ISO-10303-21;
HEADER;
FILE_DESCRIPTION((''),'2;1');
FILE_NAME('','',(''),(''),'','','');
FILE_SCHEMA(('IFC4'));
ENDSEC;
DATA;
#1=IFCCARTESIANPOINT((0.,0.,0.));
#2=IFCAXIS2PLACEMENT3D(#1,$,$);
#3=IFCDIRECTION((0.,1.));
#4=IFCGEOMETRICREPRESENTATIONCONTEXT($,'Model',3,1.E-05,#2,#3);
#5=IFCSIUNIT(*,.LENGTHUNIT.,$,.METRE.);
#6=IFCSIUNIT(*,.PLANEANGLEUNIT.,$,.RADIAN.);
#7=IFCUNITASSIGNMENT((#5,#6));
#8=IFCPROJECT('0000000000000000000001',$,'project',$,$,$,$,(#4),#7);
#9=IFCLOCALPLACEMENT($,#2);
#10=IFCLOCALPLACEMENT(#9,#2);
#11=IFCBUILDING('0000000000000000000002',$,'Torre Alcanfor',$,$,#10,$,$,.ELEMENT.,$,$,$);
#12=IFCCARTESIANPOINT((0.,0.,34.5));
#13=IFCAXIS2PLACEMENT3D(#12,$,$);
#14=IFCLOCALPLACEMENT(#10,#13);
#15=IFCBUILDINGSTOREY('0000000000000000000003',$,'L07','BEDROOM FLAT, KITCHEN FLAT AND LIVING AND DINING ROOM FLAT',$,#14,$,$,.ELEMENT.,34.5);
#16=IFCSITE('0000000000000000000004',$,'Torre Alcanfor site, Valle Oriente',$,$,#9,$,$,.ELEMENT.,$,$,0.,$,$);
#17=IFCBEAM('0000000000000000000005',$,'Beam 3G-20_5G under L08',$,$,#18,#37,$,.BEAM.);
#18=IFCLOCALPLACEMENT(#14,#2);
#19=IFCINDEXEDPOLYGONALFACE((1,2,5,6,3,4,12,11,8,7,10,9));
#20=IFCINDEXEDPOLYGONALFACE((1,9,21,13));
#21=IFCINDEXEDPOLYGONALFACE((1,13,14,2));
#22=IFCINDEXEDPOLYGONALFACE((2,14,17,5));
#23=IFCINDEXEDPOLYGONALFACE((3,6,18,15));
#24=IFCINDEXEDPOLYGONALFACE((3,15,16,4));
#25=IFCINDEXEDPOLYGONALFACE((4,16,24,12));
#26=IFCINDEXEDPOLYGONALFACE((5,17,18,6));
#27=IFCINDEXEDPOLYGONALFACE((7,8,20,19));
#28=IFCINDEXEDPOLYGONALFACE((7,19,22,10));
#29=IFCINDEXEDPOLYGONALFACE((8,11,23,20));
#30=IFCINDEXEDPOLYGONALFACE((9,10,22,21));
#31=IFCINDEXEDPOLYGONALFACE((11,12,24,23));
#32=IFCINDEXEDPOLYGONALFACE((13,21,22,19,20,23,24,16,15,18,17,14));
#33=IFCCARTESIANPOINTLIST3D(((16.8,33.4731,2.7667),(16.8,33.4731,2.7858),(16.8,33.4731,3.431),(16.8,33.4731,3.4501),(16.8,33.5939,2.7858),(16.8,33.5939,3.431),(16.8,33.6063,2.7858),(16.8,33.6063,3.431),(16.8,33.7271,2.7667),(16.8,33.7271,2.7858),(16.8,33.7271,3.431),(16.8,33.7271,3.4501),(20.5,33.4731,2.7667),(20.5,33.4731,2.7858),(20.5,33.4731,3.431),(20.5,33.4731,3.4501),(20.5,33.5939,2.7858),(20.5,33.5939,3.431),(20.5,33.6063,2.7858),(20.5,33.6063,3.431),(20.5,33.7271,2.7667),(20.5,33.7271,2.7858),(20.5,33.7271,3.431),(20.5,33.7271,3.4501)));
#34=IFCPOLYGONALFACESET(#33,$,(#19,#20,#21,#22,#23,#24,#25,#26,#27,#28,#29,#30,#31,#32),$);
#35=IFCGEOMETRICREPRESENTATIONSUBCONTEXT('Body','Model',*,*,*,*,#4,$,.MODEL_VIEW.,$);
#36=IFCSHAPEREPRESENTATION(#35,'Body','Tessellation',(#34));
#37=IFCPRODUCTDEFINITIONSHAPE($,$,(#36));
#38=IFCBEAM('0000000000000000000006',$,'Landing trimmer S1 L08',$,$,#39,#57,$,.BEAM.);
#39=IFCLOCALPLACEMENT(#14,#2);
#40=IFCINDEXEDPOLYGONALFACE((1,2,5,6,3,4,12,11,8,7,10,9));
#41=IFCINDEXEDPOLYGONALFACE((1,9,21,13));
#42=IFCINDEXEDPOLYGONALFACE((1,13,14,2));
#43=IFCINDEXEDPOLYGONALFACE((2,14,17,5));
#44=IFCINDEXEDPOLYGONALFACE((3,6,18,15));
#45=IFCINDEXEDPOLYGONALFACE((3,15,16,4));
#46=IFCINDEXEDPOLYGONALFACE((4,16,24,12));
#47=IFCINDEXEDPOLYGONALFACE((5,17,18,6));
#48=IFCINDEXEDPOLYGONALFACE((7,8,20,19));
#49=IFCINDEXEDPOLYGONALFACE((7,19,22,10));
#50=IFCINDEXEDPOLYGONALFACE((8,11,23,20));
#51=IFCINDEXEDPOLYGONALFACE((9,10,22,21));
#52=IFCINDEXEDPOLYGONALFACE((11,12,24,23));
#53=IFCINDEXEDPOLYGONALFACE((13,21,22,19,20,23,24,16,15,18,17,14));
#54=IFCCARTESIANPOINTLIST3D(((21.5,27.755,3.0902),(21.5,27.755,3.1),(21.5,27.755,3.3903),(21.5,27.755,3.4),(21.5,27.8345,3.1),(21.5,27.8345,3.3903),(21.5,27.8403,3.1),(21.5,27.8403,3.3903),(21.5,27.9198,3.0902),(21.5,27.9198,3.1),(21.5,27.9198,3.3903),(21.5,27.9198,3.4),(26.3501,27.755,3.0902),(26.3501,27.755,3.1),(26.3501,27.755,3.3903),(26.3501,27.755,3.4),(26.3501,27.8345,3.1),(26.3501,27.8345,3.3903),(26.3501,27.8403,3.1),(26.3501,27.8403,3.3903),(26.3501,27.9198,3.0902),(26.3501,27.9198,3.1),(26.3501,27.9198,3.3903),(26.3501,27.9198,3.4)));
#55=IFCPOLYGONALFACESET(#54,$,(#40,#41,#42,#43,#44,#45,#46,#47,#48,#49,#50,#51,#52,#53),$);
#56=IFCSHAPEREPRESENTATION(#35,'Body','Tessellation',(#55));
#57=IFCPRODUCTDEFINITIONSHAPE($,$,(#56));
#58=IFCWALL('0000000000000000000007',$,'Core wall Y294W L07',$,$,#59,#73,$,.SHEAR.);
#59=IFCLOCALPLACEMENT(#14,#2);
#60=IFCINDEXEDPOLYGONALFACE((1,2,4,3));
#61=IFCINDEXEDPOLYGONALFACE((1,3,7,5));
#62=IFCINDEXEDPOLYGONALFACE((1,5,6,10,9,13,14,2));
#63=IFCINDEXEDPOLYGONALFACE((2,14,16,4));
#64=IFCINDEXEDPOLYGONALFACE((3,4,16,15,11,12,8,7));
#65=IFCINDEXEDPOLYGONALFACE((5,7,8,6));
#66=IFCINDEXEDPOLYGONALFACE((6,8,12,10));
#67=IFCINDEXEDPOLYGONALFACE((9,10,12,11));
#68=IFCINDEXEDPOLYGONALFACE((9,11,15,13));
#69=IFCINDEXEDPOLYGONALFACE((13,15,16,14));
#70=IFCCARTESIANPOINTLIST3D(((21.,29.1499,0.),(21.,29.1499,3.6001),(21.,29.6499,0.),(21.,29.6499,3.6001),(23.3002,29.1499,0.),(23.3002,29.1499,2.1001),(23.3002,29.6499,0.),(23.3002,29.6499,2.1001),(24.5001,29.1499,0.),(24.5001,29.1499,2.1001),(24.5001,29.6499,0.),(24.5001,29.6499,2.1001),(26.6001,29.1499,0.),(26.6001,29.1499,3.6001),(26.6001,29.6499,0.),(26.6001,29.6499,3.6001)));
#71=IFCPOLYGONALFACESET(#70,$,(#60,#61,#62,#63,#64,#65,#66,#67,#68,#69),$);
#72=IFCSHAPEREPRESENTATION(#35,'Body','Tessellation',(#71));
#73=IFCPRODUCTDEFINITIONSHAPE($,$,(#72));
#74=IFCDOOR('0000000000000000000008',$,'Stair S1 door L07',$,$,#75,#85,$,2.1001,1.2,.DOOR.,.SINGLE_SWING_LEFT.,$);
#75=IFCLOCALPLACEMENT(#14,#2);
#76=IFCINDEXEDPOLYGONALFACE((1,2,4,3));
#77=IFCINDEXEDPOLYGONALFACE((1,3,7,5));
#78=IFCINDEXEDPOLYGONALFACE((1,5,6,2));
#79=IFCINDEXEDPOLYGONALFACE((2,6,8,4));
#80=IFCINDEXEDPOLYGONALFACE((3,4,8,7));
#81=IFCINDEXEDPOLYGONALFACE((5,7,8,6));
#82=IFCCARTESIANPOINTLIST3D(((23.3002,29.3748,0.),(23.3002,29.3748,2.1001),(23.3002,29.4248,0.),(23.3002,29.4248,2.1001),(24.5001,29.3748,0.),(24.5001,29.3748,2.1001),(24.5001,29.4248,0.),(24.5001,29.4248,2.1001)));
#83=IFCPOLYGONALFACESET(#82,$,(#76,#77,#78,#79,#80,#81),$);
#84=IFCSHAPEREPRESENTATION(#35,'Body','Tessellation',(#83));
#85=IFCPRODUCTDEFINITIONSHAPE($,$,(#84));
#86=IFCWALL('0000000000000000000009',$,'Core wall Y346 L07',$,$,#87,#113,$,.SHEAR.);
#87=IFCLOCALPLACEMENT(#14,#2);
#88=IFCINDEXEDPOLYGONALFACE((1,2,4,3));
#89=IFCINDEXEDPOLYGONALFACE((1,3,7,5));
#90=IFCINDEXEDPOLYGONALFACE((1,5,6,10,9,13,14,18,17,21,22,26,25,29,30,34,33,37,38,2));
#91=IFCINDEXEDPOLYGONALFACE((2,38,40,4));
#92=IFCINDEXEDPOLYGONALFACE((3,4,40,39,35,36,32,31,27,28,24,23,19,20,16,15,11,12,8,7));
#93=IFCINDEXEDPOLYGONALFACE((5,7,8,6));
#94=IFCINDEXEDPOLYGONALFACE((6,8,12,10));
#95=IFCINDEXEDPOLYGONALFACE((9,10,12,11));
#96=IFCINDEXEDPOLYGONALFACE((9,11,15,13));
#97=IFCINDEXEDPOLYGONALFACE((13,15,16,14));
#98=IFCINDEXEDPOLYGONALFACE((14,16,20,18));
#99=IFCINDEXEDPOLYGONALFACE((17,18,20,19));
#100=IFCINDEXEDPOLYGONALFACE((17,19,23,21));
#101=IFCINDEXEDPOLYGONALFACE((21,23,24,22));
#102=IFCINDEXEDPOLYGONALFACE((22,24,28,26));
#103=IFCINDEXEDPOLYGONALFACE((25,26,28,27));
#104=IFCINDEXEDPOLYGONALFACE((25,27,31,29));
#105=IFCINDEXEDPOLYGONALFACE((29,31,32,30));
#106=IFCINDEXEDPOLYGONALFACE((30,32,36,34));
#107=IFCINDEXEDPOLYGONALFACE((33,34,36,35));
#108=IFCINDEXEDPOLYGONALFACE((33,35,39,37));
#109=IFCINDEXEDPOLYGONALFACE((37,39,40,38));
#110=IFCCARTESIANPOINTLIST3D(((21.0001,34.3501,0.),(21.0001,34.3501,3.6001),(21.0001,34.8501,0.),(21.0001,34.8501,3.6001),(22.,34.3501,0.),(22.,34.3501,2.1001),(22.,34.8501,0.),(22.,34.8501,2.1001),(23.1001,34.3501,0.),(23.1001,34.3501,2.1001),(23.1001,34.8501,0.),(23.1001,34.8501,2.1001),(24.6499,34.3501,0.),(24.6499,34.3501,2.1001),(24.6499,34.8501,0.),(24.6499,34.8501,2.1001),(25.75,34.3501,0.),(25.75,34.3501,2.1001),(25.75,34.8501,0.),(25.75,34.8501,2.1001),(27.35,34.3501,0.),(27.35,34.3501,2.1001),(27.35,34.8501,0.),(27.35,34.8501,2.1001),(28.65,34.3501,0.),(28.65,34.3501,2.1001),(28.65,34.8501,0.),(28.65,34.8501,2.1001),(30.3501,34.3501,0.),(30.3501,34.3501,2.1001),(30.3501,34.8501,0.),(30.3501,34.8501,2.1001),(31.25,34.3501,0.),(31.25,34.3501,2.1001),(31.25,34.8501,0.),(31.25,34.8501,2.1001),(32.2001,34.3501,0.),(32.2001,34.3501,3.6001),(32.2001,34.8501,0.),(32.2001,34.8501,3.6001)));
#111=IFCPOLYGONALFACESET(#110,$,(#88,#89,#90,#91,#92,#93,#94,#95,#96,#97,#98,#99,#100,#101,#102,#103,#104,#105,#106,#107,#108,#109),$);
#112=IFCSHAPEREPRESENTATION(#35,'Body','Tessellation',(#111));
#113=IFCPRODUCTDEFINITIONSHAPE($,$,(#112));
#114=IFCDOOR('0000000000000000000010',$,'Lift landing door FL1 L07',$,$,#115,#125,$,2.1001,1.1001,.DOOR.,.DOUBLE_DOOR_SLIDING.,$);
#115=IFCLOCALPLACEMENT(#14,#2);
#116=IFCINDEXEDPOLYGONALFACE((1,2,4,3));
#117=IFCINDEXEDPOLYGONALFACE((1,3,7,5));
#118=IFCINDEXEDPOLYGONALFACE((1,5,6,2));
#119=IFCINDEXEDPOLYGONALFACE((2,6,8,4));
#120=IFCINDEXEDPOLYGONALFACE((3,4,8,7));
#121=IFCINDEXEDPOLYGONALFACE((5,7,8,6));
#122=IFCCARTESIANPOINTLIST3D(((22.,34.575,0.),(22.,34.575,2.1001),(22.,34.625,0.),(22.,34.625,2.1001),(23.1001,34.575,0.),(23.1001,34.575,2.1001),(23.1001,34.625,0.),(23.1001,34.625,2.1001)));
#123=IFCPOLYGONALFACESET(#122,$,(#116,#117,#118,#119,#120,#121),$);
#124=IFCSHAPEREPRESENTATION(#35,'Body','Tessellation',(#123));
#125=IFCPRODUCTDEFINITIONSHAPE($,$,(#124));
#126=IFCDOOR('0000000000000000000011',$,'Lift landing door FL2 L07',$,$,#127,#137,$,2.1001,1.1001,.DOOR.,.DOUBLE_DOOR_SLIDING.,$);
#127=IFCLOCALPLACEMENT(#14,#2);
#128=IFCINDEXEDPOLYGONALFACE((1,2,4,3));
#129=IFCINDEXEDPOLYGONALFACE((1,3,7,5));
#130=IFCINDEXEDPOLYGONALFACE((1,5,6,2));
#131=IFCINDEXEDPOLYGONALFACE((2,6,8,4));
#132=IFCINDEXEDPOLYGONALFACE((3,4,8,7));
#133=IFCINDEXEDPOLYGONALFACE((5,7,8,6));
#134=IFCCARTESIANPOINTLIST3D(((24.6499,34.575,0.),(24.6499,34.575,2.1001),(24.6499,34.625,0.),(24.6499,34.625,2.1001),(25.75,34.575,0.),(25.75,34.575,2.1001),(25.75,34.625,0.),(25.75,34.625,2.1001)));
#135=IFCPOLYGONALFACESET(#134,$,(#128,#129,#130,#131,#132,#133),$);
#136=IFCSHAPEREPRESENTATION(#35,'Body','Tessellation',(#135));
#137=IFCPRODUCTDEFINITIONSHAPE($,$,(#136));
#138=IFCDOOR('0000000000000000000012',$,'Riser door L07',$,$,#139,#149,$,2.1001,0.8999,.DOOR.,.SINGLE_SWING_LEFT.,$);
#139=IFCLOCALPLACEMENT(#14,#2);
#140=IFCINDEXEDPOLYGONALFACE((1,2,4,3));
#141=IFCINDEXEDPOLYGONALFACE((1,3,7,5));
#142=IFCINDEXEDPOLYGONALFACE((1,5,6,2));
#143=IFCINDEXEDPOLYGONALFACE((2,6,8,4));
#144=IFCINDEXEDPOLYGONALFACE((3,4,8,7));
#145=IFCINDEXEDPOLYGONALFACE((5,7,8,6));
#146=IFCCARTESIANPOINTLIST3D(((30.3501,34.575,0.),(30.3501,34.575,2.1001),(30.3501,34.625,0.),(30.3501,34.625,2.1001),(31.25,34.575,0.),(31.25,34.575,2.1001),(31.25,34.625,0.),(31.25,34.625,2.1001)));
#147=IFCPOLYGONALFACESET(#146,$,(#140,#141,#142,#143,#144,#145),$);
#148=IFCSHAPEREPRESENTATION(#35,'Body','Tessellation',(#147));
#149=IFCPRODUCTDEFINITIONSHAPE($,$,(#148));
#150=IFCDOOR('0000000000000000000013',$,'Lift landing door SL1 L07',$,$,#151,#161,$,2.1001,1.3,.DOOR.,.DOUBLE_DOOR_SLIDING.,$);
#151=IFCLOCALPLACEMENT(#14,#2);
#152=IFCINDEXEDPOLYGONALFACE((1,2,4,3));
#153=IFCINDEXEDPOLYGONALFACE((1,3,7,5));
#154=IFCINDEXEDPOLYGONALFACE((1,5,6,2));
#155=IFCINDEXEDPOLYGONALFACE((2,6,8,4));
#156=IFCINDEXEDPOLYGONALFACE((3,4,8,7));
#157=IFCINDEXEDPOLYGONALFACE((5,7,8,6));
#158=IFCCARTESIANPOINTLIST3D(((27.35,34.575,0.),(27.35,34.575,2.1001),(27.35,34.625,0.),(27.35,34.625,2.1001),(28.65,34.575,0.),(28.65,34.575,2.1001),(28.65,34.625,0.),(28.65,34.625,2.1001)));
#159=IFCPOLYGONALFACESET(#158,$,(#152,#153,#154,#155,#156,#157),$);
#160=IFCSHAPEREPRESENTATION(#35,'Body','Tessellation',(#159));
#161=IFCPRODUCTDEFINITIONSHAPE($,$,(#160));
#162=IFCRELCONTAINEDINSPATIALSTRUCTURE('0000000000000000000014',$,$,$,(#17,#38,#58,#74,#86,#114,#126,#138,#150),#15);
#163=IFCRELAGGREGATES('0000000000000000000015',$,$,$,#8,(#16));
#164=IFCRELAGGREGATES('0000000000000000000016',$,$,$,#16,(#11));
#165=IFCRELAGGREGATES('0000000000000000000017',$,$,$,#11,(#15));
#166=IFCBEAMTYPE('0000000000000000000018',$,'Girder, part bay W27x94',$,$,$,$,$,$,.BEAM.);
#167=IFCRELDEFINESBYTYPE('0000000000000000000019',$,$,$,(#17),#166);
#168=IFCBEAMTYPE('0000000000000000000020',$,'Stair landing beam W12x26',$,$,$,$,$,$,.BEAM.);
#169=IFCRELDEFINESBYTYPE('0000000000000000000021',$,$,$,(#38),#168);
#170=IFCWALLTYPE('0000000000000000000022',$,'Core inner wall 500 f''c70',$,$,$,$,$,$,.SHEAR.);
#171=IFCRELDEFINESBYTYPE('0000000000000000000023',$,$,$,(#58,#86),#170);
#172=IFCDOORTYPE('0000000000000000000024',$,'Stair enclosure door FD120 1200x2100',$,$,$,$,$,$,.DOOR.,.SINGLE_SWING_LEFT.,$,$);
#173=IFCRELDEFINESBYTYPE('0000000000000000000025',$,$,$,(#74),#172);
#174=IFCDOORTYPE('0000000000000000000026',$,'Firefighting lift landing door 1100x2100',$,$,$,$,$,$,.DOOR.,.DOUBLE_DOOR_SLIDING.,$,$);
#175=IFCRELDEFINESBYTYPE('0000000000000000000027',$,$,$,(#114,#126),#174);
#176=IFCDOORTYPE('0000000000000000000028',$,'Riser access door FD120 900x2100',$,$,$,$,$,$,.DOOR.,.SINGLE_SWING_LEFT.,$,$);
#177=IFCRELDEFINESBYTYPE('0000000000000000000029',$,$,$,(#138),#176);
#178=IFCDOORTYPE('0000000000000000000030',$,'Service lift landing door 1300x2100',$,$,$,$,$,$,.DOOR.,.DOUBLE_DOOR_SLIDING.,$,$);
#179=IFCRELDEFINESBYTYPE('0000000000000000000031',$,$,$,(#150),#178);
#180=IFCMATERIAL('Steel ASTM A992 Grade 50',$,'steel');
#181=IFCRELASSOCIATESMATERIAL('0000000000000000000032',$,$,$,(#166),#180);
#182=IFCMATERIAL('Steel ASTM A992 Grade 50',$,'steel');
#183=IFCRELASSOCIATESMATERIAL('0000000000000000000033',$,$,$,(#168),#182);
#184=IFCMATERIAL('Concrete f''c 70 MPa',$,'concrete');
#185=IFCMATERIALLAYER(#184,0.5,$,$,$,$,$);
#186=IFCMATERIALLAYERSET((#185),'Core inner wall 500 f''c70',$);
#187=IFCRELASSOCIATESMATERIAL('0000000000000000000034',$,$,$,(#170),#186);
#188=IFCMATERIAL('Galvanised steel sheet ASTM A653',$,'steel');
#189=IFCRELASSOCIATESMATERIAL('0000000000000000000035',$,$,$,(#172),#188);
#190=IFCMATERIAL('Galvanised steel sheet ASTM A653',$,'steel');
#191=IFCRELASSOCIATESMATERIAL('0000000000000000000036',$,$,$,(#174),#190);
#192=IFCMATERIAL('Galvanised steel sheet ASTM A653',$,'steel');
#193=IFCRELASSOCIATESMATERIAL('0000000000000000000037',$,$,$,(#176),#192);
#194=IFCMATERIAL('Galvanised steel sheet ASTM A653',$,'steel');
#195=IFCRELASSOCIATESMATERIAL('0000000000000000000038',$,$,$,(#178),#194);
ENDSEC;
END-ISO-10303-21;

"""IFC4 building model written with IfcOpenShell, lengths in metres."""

from ifc_helpers import new_model, si_unit, direction, frame, frame_2d, origin, origin_2d, place, context, subcontext, project, spatial, rectangle, i_section, extrude, material, layer, layer_set, material_profile, profile_set, type_object, element, fill, save


model = new_model("IFC4")

# Units and contexts
model_context = context("Model", 3, precision=1e-05, world=origin(), true_north=direction((0.0, 1.0)))
body_context = subcontext(model_context, "Body", "Model", "MODEL_VIEW")
ifc_project = project(units=[si_unit("LENGTHUNIT", "METRE"), si_unit("PLANEANGLEUNIT", "RADIAN")], contexts=[model_context])

# Site, building, storey
site_placement = place(None, origin())
site = spatial("IfcSite", under=ifc_project, at=site_placement, Name="Torre Alcanfor site, Valle Oriente", CompositionType="ELEMENT", RefElevation=0.0)
building_placement = place(site_placement, origin())
building = spatial("IfcBuilding", under=site, at=building_placement, Name="Torre Alcanfor", CompositionType="ELEMENT")
storey_placement = place(building_placement, frame((0.0, 0.0, 34.5)))
storey = spatial("IfcBuildingStorey", under=building, at=storey_placement, Name="L07", Description="BEDROOM FLAT, KITCHEN FLAT AND LIVING AND DINING ROOM FLAT", CompositionType="ELEMENT", Elevation=34.5)

# Beams
ifc_material_1 = material(Name="Steel ASTM A992 Grade 50", Category="steel")
ifc_material_profile_1 = material_profile(ifc_material_1, i_section(OverallWidth=0.2539, OverallDepth=0.6833, WebThickness=0.0125, FlangeThickness=0.019, at=origin_2d()), Name="W27x94")
ifc_profile_set_1 = profile_set([ifc_material_profile_1], Name="Steel ASTM A992 Grade 50")
beam_type_1 = type_object("IfcBeamType", Name="Girder, part bay W27x94", PredefinedType="BEAM", material=ifc_profile_set_1)
beam_1_placement = place(storey_placement, frame((16.8, 33.6001, 3.1084), z_axis=(1.0, 0.0, 0.0), x_axis=(0.0, 1.0, 0.0)))
element("IfcBeam", 1, at=beam_1_placement, inside=storey, type_object=beam_type_1, Name="Beam 3G-20_5G under L08", PredefinedType="BEAM", context=body_context, shape_type="SweptSolid", body=[
    extrude(i_section(OverallWidth=0.2539, OverallDepth=0.6833, WebThickness=0.0125, FlangeThickness=0.019, at=origin_2d()), origin(), (0.0, 0.0, 1.0), 3.7),
])
ifc_material_2 = material(Name="Steel ASTM A992 Grade 50", Category="steel")
ifc_material_profile_2 = material_profile(ifc_material_2, i_section(OverallWidth=0.1648, OverallDepth=0.3098, WebThickness=0.0059, FlangeThickness=0.0098, at=origin_2d()), Name="W12x26")
ifc_profile_set_2 = profile_set([ifc_material_profile_2], Name="Steel ASTM A992 Grade 50")
beam_type_2 = type_object("IfcBeamType", Name="Stair landing beam W12x26", PredefinedType="BEAM", material=ifc_profile_set_2)
beam_2_placement = place(storey_placement, frame((21.5, 27.8374, 3.2451), z_axis=(1.0, 0.0, 0.0), x_axis=(0.0, 1.0, 0.0)))
element("IfcBeam", 2, at=beam_2_placement, inside=storey, type_object=beam_type_2, Name="Landing trimmer S1 L08", PredefinedType="BEAM", context=body_context, shape_type="SweptSolid", body=[
    extrude(i_section(OverallWidth=0.1648, OverallDepth=0.3098, WebThickness=0.0059, FlangeThickness=0.0098, at=origin_2d()), origin(), (0.0, 0.0, 1.0), 4.8501),
])

# Wall, opening, door
ifc_material_3 = material(Name="Concrete f'c 70 MPa", Category="concrete")
ifc_layer_1 = layer(ifc_material_3, 0.5)
ifc_layer_set_1 = layer_set([ifc_layer_1], Name="Core inner wall 500 f'c70")
wall_type_1 = type_object("IfcWallType", Name="Core inner wall 500 f'c70", PredefinedType="SHEAR", material=ifc_layer_set_1)
wall_1_placement = place(storey_placement, frame((21.0, 29.3999, 0.0), z_axis=(0.0, 0.0, 1.0), x_axis=(1.0, 0.0, 0.0)))
wall_1 = element("IfcWall", 3, at=wall_1_placement, inside=storey, type_object=wall_type_1, Name="Core wall Y294W L07", PredefinedType="SHEAR", context=body_context, shape_type="SweptSolid", body=[
    extrude(rectangle(XDim=5.6001, YDim=0.5, at=frame_2d((2.8, 0.0))), origin(), (0.0, 0.0, 1.0), 3.6001),
])
opening_1_placement = place(wall_1_placement, frame((2.3, 0.0, 0.0)))
opening_1 = element("IfcOpeningElement", 4, at=opening_1_placement, cuts=wall_1, PredefinedType="OPENING", context=body_context, shape_type="SweptSolid", body=[
    extrude(rectangle(XDim=1.2, YDim=2.1001, at=frame_2d((0.6001, 1.05))), frame((0.0, 0.26, 0.0), z_axis=(0.0, -1.0, 0.0), x_axis=(1.0, 0.0, 0.0)), (0.0, 0.0, 1.0), 0.52),
])
ifc_material_4 = material(Name="Galvanised steel sheet ASTM A653", Category="steel")
door_type_1 = type_object("IfcDoorType", Name="Stair enclosure door FD120 1200x2100", OperationType="SINGLE_SWING_LEFT", PredefinedType="DOOR", material=ifc_material_4)
door_1_placement = place(opening_1_placement, frame((1.2, 0.0, 0.0), z_axis=(0.0, 0.0, 1.0), x_axis=(-1.0, 0.0, 0.0)))
door_1 = element("IfcDoor", 5, at=door_1_placement, inside=storey, type_object=door_type_1, Name="Stair S1 door L07", OperationType="SINGLE_SWING_LEFT", OverallHeight=2.1001, OverallWidth=1.2, PredefinedType="DOOR", context=body_context, shape_type="SweptSolid", body=[
    extrude(rectangle(XDim=1.2, YDim=2.1001, at=frame_2d((0.5999, 1.05))), frame((0.0, 0.0251, 0.0), z_axis=(0.0, -1.0, 0.0), x_axis=(1.0, 0.0, 0.0)), (0.0, 0.0, 1.0), 0.05),
])
fill(opening_1, door_1)

# Wall, openings, doors
wall_2_placement = place(storey_placement, frame((21.0, 34.6001, 0.0), z_axis=(0.0, 0.0, 1.0), x_axis=(1.0, 0.0, 0.0)))
wall_2 = element("IfcWall", 6, at=wall_2_placement, inside=storey, type_object=wall_type_1, Name="Core wall Y346 L07", PredefinedType="SHEAR", context=body_context, shape_type="SweptSolid", body=[
    extrude(rectangle(XDim=11.2, YDim=0.5, at=frame_2d((5.6001, 0.0))), origin(), (0.0, 0.0, 1.0), 3.6001),
])
opening_2_placement = place(wall_2_placement, frame((9.3501, 0.0, 0.0)))
opening_2 = element("IfcOpeningElement", 7, at=opening_2_placement, cuts=wall_2, PredefinedType="OPENING", context=body_context, shape_type="SweptSolid", body=[
    extrude(rectangle(XDim=0.8999, YDim=2.1001, at=frame_2d((0.45, 1.05))), frame((0.0, 0.26, 0.0), z_axis=(0.0, -1.0, 0.0), x_axis=(1.0, 0.0, 0.0)), (0.0, 0.0, 1.0), 0.52),
])
opening_3_placement = place(wall_2_placement, frame((1.0, 0.0, 0.0)))
opening_3 = element("IfcOpeningElement", 8, at=opening_3_placement, cuts=wall_2, PredefinedType="OPENING", context=body_context, shape_type="SweptSolid", body=[
    extrude(rectangle(XDim=1.1001, YDim=2.1001, at=frame_2d((0.55, 1.05))), frame((0.0, 0.26, 0.0), z_axis=(0.0, -1.0, 0.0), x_axis=(1.0, 0.0, 0.0)), (0.0, 0.0, 1.0), 0.52),
])
opening_4_placement = place(wall_2_placement, frame((3.6499, 0.0, 0.0)))
opening_4 = element("IfcOpeningElement", 9, at=opening_4_placement, cuts=wall_2, PredefinedType="OPENING", context=body_context, shape_type="SweptSolid", body=[
    extrude(rectangle(XDim=1.1001, YDim=2.1001, at=frame_2d((0.55, 1.05))), frame((0.0, 0.26, 0.0), z_axis=(0.0, -1.0, 0.0), x_axis=(1.0, 0.0, 0.0)), (0.0, 0.0, 1.0), 0.52),
])
opening_5_placement = place(wall_2_placement, frame((6.3501, 0.0, 0.0)))
opening_5 = element("IfcOpeningElement", 10, at=opening_5_placement, cuts=wall_2, PredefinedType="OPENING", context=body_context, shape_type="SweptSolid", body=[
    extrude(rectangle(XDim=1.3, YDim=2.1001, at=frame_2d((0.6499, 1.05))), frame((0.0, 0.26, 0.0), z_axis=(0.0, -1.0, 0.0), x_axis=(1.0, 0.0, 0.0)), (0.0, 0.0, 1.0), 0.52),
])
ifc_material_5 = material(Name="Galvanised steel sheet ASTM A653", Category="steel")
door_type_2 = type_object("IfcDoorType", Name="Firefighting lift landing door 1100x2100", OperationType="DOUBLE_DOOR_SLIDING", PredefinedType="DOOR", material=ifc_material_5)
door_2_placement = place(opening_3_placement, origin())
door_2 = element("IfcDoor", 11, at=door_2_placement, inside=storey, type_object=door_type_2, Name="Lift landing door FL1 L07", OperationType="DOUBLE_DOOR_SLIDING", OverallHeight=2.1001, OverallWidth=1.1001, PredefinedType="DOOR", context=body_context, shape_type="SweptSolid", body=[
    extrude(rectangle(XDim=1.1001, YDim=2.1001, at=frame_2d((0.55, 1.05))), frame((0.0, 0.0249, 0.0), z_axis=(0.0, -1.0, 0.0), x_axis=(1.0, 0.0, 0.0)), (0.0, 0.0, 1.0), 0.05),
])
fill(opening_3, door_2)
door_3_placement = place(opening_4_placement, origin())
door_3 = element("IfcDoor", 12, at=door_3_placement, inside=storey, type_object=door_type_2, Name="Lift landing door FL2 L07", OperationType="DOUBLE_DOOR_SLIDING", OverallHeight=2.1001, OverallWidth=1.1001, PredefinedType="DOOR", context=body_context, shape_type="SweptSolid", body=[
    extrude(rectangle(XDim=1.1001, YDim=2.1001, at=frame_2d((0.55, 1.05))), frame((0.0, 0.0249, 0.0), z_axis=(0.0, -1.0, 0.0), x_axis=(1.0, 0.0, 0.0)), (0.0, 0.0, 1.0), 0.05),
])
fill(opening_4, door_3)
ifc_material_6 = material(Name="Galvanised steel sheet ASTM A653", Category="steel")
door_type_3 = type_object("IfcDoorType", Name="Riser access door FD120 900x2100", OperationType="SINGLE_SWING_LEFT", PredefinedType="DOOR", material=ifc_material_6)
door_4_placement = place(opening_2_placement, origin())
door_4 = element("IfcDoor", 13, at=door_4_placement, inside=storey, type_object=door_type_3, Name="Riser door L07", OperationType="SINGLE_SWING_LEFT", OverallHeight=2.1001, OverallWidth=0.8999, PredefinedType="DOOR", context=body_context, shape_type="SweptSolid", body=[
    extrude(rectangle(XDim=0.8999, YDim=2.1001, at=frame_2d((0.45, 1.05))), frame((0.0, 0.0249, 0.0), z_axis=(0.0, -1.0, 0.0), x_axis=(1.0, 0.0, 0.0)), (0.0, 0.0, 1.0), 0.05),
])
fill(opening_2, door_4)
ifc_material_7 = material(Name="Galvanised steel sheet ASTM A653", Category="steel")
door_type_4 = type_object("IfcDoorType", Name="Service lift landing door 1300x2100", OperationType="DOUBLE_DOOR_SLIDING", PredefinedType="DOOR", material=ifc_material_7)
door_5_placement = place(opening_5_placement, origin())
door_5 = element("IfcDoor", 14, at=door_5_placement, inside=storey, type_object=door_type_4, Name="Lift landing door SL1 L07", OperationType="DOUBLE_DOOR_SLIDING", OverallHeight=2.1001, OverallWidth=1.3, PredefinedType="DOOR", context=body_context, shape_type="SweptSolid", body=[
    extrude(rectangle(XDim=1.3, YDim=2.1001, at=frame_2d((0.6499, 1.05))), frame((0.0, 0.0249, 0.0), z_axis=(0.0, -1.0, 0.0), x_axis=(1.0, 0.0, 0.0)), (0.0, 0.0, 1.0), 0.05),
])
fill(opening_5, door_5)

save(model, "model.ifc")
